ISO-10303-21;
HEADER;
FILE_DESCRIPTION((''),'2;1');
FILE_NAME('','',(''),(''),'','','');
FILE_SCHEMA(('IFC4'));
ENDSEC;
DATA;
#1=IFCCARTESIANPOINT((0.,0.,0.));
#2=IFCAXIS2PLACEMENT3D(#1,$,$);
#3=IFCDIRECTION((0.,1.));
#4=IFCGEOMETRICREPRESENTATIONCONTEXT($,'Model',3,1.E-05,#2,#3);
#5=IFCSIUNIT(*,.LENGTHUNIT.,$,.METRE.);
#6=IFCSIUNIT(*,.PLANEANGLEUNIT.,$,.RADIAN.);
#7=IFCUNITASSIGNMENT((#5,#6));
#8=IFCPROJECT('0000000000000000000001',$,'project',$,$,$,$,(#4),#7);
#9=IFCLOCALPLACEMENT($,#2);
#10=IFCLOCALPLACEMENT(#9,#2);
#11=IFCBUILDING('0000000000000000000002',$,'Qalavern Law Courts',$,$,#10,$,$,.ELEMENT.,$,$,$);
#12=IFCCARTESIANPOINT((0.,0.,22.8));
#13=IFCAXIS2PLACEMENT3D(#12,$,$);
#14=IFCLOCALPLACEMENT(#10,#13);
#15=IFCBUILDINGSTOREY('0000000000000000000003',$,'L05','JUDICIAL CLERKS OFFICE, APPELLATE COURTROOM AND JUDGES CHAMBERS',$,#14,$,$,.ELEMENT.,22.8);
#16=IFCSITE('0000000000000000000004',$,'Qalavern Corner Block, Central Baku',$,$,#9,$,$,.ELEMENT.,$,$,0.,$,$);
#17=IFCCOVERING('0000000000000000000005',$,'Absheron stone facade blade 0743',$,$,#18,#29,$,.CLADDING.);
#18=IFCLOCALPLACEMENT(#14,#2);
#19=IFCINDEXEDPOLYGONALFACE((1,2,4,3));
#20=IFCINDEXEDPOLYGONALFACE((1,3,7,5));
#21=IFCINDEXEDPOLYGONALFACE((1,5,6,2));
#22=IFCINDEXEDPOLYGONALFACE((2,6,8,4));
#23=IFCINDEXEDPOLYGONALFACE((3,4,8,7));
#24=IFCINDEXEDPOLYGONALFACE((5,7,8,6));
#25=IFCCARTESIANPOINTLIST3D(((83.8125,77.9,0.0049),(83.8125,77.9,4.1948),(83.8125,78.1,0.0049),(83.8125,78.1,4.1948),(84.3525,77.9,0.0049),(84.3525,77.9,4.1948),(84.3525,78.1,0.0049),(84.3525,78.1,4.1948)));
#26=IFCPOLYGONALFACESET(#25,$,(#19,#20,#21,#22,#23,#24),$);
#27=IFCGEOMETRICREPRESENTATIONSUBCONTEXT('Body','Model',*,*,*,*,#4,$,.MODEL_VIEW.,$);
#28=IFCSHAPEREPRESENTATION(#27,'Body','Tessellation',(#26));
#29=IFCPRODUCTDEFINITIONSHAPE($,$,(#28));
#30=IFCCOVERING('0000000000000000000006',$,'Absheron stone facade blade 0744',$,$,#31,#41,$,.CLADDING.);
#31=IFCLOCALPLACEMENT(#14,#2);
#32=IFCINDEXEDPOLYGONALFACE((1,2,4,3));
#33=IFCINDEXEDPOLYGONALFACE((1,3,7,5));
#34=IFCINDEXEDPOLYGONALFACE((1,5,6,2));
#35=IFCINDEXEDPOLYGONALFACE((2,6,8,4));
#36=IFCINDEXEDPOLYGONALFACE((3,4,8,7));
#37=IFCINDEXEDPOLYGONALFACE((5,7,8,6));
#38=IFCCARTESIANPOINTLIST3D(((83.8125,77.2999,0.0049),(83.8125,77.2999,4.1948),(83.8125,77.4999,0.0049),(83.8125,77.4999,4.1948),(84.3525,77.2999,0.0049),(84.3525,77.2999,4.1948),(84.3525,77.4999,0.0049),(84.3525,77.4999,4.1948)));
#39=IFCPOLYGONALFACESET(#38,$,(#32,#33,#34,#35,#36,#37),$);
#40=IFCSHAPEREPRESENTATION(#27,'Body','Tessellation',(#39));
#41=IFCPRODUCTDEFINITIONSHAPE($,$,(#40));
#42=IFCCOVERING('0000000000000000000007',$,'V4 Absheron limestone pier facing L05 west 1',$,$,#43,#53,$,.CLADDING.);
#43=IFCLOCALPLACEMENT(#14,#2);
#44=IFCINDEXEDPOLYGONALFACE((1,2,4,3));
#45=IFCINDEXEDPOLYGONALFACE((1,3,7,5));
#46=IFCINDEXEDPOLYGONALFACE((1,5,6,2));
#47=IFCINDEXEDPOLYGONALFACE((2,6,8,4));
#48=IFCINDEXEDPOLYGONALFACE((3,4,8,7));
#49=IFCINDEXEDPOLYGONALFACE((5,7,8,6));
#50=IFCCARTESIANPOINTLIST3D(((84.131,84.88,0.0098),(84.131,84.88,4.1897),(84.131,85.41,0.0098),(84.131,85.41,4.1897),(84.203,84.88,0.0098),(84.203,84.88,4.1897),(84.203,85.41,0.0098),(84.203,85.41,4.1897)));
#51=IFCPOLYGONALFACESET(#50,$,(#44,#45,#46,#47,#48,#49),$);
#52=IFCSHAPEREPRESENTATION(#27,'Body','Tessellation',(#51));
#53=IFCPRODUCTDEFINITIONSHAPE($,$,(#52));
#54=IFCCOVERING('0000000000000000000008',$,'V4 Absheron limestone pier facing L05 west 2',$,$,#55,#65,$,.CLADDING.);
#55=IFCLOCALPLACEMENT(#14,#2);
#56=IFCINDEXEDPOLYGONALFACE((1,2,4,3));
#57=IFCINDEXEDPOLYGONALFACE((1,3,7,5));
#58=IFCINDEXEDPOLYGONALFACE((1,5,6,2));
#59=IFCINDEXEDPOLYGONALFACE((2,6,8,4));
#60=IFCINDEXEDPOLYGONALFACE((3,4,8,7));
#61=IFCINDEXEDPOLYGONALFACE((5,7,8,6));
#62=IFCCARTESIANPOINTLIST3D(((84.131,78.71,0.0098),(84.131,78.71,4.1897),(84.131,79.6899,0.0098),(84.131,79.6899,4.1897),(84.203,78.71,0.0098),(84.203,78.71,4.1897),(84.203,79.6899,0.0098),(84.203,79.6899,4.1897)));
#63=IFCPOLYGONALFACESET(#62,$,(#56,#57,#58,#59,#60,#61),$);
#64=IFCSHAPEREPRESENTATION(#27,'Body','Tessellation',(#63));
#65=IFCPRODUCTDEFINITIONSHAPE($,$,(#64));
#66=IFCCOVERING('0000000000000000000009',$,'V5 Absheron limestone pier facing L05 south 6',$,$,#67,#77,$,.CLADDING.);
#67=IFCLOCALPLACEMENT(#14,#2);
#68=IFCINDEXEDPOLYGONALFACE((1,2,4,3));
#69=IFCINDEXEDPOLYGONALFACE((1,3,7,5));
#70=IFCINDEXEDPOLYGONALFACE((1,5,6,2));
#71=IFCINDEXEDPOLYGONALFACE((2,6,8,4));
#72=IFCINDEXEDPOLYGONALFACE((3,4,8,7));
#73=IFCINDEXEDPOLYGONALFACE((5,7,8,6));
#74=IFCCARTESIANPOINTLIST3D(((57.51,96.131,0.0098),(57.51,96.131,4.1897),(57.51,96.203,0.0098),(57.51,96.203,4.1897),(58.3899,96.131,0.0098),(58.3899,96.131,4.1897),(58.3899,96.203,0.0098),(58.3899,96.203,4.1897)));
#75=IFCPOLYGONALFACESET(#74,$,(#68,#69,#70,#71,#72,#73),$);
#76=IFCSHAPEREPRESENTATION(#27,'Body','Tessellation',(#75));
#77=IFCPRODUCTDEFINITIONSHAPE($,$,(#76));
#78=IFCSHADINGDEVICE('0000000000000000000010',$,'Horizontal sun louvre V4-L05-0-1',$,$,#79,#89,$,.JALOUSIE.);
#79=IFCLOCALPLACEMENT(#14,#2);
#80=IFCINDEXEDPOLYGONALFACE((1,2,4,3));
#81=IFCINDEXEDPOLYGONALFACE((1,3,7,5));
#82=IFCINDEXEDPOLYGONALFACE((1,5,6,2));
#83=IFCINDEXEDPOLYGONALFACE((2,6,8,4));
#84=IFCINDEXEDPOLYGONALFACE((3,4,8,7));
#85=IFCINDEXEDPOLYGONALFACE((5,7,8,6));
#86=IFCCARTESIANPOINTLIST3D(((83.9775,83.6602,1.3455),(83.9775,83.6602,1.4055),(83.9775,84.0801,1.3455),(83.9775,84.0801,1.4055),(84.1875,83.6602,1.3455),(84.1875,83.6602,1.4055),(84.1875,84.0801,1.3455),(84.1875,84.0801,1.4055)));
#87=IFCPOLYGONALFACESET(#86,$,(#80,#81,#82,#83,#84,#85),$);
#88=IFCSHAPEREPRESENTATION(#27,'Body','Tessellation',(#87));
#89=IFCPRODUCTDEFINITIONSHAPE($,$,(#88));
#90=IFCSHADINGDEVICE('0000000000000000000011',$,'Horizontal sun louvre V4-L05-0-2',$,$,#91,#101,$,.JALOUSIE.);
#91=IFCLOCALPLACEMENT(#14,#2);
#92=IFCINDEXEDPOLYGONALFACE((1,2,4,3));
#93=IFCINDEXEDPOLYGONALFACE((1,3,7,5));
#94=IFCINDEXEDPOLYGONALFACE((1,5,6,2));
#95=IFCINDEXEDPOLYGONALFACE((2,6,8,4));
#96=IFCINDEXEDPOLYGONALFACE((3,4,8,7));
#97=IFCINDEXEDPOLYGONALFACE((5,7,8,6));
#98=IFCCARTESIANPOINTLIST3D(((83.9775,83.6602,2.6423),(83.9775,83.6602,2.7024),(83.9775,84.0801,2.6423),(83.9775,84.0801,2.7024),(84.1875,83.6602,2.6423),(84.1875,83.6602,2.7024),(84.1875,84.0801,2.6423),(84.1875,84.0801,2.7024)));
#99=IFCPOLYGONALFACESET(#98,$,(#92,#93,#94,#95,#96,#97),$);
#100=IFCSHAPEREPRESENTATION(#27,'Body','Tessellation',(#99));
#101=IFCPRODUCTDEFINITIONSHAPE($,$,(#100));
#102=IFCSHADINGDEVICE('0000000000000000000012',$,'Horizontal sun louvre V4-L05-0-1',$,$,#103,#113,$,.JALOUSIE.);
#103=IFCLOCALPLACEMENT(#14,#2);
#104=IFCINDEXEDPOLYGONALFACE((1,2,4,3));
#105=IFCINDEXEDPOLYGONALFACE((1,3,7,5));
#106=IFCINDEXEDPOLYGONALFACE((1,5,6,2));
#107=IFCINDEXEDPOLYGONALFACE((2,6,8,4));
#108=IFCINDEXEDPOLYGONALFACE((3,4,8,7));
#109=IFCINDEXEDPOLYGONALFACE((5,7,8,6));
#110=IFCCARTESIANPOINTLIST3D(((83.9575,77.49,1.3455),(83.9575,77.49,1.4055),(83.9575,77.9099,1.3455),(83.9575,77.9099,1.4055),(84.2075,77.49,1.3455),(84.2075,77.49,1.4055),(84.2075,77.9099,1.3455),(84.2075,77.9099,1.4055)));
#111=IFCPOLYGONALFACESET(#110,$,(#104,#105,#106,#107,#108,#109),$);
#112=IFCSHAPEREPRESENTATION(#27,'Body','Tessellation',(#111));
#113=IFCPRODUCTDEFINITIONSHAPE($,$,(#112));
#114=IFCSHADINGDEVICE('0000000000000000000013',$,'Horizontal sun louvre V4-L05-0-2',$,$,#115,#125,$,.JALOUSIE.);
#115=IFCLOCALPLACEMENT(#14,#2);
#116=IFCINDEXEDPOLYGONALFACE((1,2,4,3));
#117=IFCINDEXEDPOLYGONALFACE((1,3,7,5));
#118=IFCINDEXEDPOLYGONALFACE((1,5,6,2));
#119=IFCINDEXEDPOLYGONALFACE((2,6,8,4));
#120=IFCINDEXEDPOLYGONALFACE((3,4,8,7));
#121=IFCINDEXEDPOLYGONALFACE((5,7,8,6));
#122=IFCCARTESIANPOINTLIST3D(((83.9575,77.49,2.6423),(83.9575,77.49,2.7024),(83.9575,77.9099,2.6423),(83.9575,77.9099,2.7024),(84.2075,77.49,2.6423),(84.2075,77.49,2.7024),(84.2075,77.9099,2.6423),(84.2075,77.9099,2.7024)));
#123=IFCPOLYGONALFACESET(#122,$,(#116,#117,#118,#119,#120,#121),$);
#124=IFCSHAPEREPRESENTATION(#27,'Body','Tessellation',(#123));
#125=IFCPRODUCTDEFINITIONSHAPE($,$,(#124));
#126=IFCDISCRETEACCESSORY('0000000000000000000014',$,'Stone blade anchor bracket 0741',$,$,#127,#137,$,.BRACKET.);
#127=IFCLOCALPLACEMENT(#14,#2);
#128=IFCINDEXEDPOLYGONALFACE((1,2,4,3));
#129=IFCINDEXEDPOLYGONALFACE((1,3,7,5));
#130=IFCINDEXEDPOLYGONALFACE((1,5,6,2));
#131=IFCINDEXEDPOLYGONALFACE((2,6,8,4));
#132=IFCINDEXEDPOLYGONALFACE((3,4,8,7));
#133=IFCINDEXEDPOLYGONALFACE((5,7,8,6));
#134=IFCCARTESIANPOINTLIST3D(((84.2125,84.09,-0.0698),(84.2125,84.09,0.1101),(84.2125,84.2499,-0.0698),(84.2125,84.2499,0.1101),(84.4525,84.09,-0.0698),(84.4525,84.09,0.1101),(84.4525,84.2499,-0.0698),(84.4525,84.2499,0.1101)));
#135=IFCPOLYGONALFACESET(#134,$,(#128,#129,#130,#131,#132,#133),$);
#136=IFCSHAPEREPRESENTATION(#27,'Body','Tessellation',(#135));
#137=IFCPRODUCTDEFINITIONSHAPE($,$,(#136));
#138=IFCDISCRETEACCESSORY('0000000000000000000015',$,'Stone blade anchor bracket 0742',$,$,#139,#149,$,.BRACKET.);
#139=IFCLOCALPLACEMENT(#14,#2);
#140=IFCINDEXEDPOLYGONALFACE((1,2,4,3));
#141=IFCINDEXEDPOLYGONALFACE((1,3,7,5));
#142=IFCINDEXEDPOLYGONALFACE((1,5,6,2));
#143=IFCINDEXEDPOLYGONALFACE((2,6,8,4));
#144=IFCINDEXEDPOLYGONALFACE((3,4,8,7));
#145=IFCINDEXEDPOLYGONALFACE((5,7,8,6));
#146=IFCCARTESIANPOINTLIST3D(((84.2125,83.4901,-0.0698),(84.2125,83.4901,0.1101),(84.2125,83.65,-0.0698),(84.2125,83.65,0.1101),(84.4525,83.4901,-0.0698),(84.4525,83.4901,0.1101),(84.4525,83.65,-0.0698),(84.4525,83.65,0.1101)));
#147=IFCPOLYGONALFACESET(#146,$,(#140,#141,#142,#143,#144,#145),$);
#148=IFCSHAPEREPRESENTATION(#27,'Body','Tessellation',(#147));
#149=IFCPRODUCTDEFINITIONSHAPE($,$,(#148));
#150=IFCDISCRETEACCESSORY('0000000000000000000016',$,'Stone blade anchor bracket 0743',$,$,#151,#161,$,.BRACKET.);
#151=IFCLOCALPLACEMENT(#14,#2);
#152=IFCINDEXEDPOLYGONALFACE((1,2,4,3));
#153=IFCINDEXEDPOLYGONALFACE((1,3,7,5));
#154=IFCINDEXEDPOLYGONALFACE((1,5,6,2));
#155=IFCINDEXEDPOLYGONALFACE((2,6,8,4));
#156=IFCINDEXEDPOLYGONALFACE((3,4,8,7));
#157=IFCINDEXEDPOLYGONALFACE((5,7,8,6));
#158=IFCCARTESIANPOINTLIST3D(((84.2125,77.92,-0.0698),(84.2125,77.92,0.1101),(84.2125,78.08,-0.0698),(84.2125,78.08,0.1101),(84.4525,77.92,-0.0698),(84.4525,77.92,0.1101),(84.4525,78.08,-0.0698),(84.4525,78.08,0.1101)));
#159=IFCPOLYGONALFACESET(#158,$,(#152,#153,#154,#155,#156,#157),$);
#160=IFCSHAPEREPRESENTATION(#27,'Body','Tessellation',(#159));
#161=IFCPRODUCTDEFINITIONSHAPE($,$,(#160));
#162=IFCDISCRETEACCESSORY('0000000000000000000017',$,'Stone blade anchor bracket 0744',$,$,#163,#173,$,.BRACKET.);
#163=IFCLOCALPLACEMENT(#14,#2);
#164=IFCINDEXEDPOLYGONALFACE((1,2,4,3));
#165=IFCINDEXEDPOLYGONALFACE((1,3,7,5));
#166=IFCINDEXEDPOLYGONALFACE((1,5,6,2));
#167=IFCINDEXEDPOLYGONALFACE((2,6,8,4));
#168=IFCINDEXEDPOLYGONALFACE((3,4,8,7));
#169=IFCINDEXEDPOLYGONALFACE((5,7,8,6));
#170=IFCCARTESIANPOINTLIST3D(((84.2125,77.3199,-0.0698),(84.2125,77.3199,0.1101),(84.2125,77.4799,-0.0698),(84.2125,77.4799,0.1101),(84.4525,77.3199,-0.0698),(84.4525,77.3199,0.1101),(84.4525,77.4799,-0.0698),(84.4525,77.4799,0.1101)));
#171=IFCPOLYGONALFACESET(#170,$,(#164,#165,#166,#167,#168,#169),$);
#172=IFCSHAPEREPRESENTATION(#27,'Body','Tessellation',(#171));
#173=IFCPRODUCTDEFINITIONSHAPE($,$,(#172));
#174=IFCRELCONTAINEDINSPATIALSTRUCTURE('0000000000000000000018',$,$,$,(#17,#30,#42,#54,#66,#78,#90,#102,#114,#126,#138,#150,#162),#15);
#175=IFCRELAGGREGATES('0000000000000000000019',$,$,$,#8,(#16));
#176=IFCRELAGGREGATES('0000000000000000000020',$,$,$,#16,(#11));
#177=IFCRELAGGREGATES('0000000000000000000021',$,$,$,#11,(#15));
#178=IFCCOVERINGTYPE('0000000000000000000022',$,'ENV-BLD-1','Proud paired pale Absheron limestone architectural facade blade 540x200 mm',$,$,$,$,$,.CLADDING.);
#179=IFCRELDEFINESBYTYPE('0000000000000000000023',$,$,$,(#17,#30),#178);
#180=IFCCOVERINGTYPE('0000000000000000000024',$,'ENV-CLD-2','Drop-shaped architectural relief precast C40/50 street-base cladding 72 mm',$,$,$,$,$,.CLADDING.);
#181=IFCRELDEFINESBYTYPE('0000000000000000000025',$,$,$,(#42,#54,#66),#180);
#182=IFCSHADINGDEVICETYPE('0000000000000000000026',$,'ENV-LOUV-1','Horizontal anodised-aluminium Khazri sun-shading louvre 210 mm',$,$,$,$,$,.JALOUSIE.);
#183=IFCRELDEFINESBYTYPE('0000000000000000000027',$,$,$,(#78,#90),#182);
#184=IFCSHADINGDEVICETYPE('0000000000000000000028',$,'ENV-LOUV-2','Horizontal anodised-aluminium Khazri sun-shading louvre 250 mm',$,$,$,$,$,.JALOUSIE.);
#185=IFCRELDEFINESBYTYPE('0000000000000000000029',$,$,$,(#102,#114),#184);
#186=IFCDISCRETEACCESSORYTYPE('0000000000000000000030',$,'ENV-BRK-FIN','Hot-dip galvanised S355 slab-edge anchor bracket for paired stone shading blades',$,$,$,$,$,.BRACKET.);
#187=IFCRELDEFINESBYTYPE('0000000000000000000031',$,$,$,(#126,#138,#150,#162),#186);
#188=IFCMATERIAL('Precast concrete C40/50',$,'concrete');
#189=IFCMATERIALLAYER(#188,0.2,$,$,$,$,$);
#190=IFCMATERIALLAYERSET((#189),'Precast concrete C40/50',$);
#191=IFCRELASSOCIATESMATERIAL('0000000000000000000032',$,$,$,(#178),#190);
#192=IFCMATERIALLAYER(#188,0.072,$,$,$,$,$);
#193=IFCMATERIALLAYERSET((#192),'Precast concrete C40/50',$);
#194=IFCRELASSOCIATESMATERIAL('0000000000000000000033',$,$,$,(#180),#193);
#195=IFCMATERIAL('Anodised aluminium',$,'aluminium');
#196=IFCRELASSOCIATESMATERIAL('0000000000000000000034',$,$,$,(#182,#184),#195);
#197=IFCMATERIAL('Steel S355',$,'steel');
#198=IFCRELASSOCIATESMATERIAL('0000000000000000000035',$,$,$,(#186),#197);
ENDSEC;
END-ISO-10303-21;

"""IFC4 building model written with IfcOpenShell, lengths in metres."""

from ifc_helpers import new_model, si_unit, direction, frame, origin, origin_2d, place, context, subcontext, project, spatial, rectangle, extrude, material, layer, layer_set, type_object, element, save


model = new_model("IFC4")

# Units and contexts
model_context = context("Model", 3, precision=1e-05, world=origin(), true_north=direction((0.0, 1.0)))
body_context = subcontext(model_context, "Body", "Model", "MODEL_VIEW")
ifc_project = project(units=[si_unit("LENGTHUNIT", "METRE"), si_unit("PLANEANGLEUNIT", "RADIAN")], contexts=[model_context])

# Site, building, storey
site_placement = place(None, origin())
site = spatial("IfcSite", under=ifc_project, at=site_placement, Name="Qalavern Corner Block, Central Baku", CompositionType="ELEMENT", RefElevation=0.0)
building_placement = place(site_placement, origin())
building = spatial("IfcBuilding", under=site, at=building_placement, Name="Qalavern Law Courts", CompositionType="ELEMENT")
storey_placement = place(building_placement, frame((0.0, 0.0, 22.8)))
storey = spatial("IfcBuildingStorey", under=building, at=storey_placement, Name="L05", Description="JUDICIAL CLERKS OFFICE, APPELLATE COURTROOM AND JUDGES CHAMBERS", CompositionType="ELEMENT", Elevation=22.8)

# Shared definitions
ifc_material_1 = material(Name="Anodised aluminium", Category="aluminium")

# Shared definitions
ifc_material_2 = material(Name="Steel S355", Category="steel")

# Coverings
ifc_material_3 = material(Name="Precast concrete C40/50", Category="concrete")
ifc_layer_1 = layer(ifc_material_3, 0.2)
ifc_layer_set_1 = layer_set([ifc_layer_1], Name="Precast concrete C40/50")
covering_type_1 = type_object("IfcCoveringType", Name="ENV-BLD-1", Description="Proud paired pale Absheron limestone architectural facade blade 540x200 mm", PredefinedType="CLADDING", material=ifc_layer_set_1)
for number, where, z_axis, x_axis, name in (
    (1, (84.0825, 78.0, 0.0049), (0.0, 0.0, 1.0), (-1.0, 0.0, 0.0), "Absheron stone facade blade 0743"),
    (2, (84.0825, 77.3999, 0.0049), (0.0, 0.0, 1.0), (-1.0, 0.0, 0.0), "Absheron stone facade blade 0744"),
):
    element("IfcCovering", number, at=place(storey_placement, frame(where, z_axis=z_axis, x_axis=x_axis)), inside=storey, type_object=covering_type_1, Name=name, PredefinedType="CLADDING", context=body_context, shape_type="SweptSolid", body=[
        extrude(rectangle(XDim=0.54, YDim=0.2, at=origin_2d()), origin(), (0.0, 0.0, 1.0), 4.1899),
    ])
ifc_layer_2 = layer(ifc_material_3, 0.072)
ifc_layer_set_2 = layer_set([ifc_layer_2], Name="Precast concrete C40/50")
covering_type_2 = type_object("IfcCoveringType", Name="ENV-CLD-2", Description="Drop-shaped architectural relief precast C40/50 street-base cladding 72 mm", PredefinedType="CLADDING", material=ifc_layer_set_2)
covering_1_placement = place(storey_placement, frame((84.167, 85.145, 0.0098), z_axis=(0.0, 0.0, 1.0), x_axis=(0.0, -1.0, 0.0)))
element("IfcCovering", 3, at=covering_1_placement, inside=storey, type_object=covering_type_2, Name="V4 Absheron limestone pier facing L05 west 1", PredefinedType="CLADDING", context=body_context, shape_type="SweptSolid", body=[
    extrude(rectangle(XDim=0.53, YDim=0.072, at=origin_2d()), origin(), (0.0, 0.0, 1.0), 4.1799),
])
covering_2_placement = place(storey_placement, frame((84.167, 79.2, 0.0098), z_axis=(0.0, 0.0, 1.0), x_axis=(0.0, -1.0, 0.0)))
element("IfcCovering", 4, at=covering_2_placement, inside=storey, type_object=covering_type_2, Name="V4 Absheron limestone pier facing L05 west 2", PredefinedType="CLADDING", context=body_context, shape_type="SweptSolid", body=[
    extrude(rectangle(XDim=0.98, YDim=0.072, at=origin_2d()), origin(), (0.0, 0.0, 1.0), 4.1799),
])
covering_3_placement = place(storey_placement, frame((57.95, 96.167, 0.0098), z_axis=(0.0, 0.0, 1.0), x_axis=(1.0, 0.0, 0.0)))
element("IfcCovering", 5, at=covering_3_placement, inside=storey, type_object=covering_type_2, Name="V5 Absheron limestone pier facing L05 south 6", PredefinedType="CLADDING", context=body_context, shape_type="SweptSolid", body=[
    extrude(rectangle(XDim=0.8799, YDim=0.072, at=origin_2d()), origin(), (0.0, 0.0, 1.0), 4.1799),
])

# Shading devices
shading_device_type_1 = type_object("IfcShadingDeviceType", Name="ENV-LOUV-1", Description="Horizontal anodised-aluminium Khazri sun-shading louvre 210 mm", PredefinedType="JALOUSIE", material=ifc_material_1)
for number, where, z_axis, x_axis, name in (
    (6, (84.0825, 83.8701, 1.3455), (0.0, 0.0, 1.0), (0.0, -1.0, 0.0), "Horizontal sun louvre V4-L05-0-1"),
    (7, (84.0825, 83.8701, 2.6423), (0.0, 0.0, 1.0), (0.0, -1.0, 0.0), "Horizontal sun louvre V4-L05-0-2"),
):
    element("IfcShadingDevice", number, at=place(storey_placement, frame(where, z_axis=z_axis, x_axis=x_axis)), inside=storey, type_object=shading_device_type_1, Name=name, PredefinedType="JALOUSIE", context=body_context, shape_type="SweptSolid", body=[
        extrude(rectangle(XDim=0.4199, YDim=0.21, at=origin_2d()), origin(), (0.0, 0.0, 1.0), 0.0601),
    ])
shading_device_type_2 = type_object("IfcShadingDeviceType", Name="ENV-LOUV-2", Description="Horizontal anodised-aluminium Khazri sun-shading louvre 250 mm", PredefinedType="JALOUSIE", material=ifc_material_1)
for number, where, z_axis, x_axis, name in (
    (8, (84.0825, 77.7, 1.3455), (0.0, 0.0, 1.0), (0.0, -1.0, 0.0), "Horizontal sun louvre V4-L05-0-1"),
    (9, (84.0825, 77.7, 2.6423), (0.0, 0.0, 1.0), (0.0, -1.0, 0.0), "Horizontal sun louvre V4-L05-0-2"),
):
    element("IfcShadingDevice", number, at=place(storey_placement, frame(where, z_axis=z_axis, x_axis=x_axis)), inside=storey, type_object=shading_device_type_2, Name=name, PredefinedType="JALOUSIE", context=body_context, shape_type="SweptSolid", body=[
        extrude(rectangle(XDim=0.4199, YDim=0.25, at=origin_2d()), origin(), (0.0, 0.0, 1.0), 0.0601),
    ])

# Discrete accessories
discrete_accessory_type = type_object("IfcDiscreteAccessoryType", Name="ENV-BRK-FIN", Description="Hot-dip galvanised S355 slab-edge anchor bracket for paired stone shading blades", PredefinedType="BRACKET", material=ifc_material_2)
for number, where, z_axis, x_axis, name in (
    (10, (84.3325, 84.1699, -0.0698), (0.0, 0.0, 1.0), (-1.0, 0.0, 0.0), "Stone blade anchor bracket 0741"),
    (11, (84.3325, 83.5701, -0.0698), (0.0, 0.0, 1.0), (-1.0, 0.0, 0.0), "Stone blade anchor bracket 0742"),
    (12, (84.3325, 78.0, -0.0698), (0.0, 0.0, 1.0), (-1.0, 0.0, 0.0), "Stone blade anchor bracket 0743"),
    (13, (84.3325, 77.3999, -0.0698), (0.0, 0.0, 1.0), (-1.0, 0.0, 0.0), "Stone blade anchor bracket 0744"),
):
    element("IfcDiscreteAccessory", number, at=place(storey_placement, frame(where, z_axis=z_axis, x_axis=x_axis)), inside=storey, type_object=discrete_accessory_type, Name=name, PredefinedType="BRACKET", context=body_context, shape_type="SweptSolid", body=[
        extrude(rectangle(XDim=0.24, YDim=0.1599, at=origin_2d()), origin(), (0.0, 0.0, 1.0), 0.1799),
    ])

save(model, "model.ifc")
